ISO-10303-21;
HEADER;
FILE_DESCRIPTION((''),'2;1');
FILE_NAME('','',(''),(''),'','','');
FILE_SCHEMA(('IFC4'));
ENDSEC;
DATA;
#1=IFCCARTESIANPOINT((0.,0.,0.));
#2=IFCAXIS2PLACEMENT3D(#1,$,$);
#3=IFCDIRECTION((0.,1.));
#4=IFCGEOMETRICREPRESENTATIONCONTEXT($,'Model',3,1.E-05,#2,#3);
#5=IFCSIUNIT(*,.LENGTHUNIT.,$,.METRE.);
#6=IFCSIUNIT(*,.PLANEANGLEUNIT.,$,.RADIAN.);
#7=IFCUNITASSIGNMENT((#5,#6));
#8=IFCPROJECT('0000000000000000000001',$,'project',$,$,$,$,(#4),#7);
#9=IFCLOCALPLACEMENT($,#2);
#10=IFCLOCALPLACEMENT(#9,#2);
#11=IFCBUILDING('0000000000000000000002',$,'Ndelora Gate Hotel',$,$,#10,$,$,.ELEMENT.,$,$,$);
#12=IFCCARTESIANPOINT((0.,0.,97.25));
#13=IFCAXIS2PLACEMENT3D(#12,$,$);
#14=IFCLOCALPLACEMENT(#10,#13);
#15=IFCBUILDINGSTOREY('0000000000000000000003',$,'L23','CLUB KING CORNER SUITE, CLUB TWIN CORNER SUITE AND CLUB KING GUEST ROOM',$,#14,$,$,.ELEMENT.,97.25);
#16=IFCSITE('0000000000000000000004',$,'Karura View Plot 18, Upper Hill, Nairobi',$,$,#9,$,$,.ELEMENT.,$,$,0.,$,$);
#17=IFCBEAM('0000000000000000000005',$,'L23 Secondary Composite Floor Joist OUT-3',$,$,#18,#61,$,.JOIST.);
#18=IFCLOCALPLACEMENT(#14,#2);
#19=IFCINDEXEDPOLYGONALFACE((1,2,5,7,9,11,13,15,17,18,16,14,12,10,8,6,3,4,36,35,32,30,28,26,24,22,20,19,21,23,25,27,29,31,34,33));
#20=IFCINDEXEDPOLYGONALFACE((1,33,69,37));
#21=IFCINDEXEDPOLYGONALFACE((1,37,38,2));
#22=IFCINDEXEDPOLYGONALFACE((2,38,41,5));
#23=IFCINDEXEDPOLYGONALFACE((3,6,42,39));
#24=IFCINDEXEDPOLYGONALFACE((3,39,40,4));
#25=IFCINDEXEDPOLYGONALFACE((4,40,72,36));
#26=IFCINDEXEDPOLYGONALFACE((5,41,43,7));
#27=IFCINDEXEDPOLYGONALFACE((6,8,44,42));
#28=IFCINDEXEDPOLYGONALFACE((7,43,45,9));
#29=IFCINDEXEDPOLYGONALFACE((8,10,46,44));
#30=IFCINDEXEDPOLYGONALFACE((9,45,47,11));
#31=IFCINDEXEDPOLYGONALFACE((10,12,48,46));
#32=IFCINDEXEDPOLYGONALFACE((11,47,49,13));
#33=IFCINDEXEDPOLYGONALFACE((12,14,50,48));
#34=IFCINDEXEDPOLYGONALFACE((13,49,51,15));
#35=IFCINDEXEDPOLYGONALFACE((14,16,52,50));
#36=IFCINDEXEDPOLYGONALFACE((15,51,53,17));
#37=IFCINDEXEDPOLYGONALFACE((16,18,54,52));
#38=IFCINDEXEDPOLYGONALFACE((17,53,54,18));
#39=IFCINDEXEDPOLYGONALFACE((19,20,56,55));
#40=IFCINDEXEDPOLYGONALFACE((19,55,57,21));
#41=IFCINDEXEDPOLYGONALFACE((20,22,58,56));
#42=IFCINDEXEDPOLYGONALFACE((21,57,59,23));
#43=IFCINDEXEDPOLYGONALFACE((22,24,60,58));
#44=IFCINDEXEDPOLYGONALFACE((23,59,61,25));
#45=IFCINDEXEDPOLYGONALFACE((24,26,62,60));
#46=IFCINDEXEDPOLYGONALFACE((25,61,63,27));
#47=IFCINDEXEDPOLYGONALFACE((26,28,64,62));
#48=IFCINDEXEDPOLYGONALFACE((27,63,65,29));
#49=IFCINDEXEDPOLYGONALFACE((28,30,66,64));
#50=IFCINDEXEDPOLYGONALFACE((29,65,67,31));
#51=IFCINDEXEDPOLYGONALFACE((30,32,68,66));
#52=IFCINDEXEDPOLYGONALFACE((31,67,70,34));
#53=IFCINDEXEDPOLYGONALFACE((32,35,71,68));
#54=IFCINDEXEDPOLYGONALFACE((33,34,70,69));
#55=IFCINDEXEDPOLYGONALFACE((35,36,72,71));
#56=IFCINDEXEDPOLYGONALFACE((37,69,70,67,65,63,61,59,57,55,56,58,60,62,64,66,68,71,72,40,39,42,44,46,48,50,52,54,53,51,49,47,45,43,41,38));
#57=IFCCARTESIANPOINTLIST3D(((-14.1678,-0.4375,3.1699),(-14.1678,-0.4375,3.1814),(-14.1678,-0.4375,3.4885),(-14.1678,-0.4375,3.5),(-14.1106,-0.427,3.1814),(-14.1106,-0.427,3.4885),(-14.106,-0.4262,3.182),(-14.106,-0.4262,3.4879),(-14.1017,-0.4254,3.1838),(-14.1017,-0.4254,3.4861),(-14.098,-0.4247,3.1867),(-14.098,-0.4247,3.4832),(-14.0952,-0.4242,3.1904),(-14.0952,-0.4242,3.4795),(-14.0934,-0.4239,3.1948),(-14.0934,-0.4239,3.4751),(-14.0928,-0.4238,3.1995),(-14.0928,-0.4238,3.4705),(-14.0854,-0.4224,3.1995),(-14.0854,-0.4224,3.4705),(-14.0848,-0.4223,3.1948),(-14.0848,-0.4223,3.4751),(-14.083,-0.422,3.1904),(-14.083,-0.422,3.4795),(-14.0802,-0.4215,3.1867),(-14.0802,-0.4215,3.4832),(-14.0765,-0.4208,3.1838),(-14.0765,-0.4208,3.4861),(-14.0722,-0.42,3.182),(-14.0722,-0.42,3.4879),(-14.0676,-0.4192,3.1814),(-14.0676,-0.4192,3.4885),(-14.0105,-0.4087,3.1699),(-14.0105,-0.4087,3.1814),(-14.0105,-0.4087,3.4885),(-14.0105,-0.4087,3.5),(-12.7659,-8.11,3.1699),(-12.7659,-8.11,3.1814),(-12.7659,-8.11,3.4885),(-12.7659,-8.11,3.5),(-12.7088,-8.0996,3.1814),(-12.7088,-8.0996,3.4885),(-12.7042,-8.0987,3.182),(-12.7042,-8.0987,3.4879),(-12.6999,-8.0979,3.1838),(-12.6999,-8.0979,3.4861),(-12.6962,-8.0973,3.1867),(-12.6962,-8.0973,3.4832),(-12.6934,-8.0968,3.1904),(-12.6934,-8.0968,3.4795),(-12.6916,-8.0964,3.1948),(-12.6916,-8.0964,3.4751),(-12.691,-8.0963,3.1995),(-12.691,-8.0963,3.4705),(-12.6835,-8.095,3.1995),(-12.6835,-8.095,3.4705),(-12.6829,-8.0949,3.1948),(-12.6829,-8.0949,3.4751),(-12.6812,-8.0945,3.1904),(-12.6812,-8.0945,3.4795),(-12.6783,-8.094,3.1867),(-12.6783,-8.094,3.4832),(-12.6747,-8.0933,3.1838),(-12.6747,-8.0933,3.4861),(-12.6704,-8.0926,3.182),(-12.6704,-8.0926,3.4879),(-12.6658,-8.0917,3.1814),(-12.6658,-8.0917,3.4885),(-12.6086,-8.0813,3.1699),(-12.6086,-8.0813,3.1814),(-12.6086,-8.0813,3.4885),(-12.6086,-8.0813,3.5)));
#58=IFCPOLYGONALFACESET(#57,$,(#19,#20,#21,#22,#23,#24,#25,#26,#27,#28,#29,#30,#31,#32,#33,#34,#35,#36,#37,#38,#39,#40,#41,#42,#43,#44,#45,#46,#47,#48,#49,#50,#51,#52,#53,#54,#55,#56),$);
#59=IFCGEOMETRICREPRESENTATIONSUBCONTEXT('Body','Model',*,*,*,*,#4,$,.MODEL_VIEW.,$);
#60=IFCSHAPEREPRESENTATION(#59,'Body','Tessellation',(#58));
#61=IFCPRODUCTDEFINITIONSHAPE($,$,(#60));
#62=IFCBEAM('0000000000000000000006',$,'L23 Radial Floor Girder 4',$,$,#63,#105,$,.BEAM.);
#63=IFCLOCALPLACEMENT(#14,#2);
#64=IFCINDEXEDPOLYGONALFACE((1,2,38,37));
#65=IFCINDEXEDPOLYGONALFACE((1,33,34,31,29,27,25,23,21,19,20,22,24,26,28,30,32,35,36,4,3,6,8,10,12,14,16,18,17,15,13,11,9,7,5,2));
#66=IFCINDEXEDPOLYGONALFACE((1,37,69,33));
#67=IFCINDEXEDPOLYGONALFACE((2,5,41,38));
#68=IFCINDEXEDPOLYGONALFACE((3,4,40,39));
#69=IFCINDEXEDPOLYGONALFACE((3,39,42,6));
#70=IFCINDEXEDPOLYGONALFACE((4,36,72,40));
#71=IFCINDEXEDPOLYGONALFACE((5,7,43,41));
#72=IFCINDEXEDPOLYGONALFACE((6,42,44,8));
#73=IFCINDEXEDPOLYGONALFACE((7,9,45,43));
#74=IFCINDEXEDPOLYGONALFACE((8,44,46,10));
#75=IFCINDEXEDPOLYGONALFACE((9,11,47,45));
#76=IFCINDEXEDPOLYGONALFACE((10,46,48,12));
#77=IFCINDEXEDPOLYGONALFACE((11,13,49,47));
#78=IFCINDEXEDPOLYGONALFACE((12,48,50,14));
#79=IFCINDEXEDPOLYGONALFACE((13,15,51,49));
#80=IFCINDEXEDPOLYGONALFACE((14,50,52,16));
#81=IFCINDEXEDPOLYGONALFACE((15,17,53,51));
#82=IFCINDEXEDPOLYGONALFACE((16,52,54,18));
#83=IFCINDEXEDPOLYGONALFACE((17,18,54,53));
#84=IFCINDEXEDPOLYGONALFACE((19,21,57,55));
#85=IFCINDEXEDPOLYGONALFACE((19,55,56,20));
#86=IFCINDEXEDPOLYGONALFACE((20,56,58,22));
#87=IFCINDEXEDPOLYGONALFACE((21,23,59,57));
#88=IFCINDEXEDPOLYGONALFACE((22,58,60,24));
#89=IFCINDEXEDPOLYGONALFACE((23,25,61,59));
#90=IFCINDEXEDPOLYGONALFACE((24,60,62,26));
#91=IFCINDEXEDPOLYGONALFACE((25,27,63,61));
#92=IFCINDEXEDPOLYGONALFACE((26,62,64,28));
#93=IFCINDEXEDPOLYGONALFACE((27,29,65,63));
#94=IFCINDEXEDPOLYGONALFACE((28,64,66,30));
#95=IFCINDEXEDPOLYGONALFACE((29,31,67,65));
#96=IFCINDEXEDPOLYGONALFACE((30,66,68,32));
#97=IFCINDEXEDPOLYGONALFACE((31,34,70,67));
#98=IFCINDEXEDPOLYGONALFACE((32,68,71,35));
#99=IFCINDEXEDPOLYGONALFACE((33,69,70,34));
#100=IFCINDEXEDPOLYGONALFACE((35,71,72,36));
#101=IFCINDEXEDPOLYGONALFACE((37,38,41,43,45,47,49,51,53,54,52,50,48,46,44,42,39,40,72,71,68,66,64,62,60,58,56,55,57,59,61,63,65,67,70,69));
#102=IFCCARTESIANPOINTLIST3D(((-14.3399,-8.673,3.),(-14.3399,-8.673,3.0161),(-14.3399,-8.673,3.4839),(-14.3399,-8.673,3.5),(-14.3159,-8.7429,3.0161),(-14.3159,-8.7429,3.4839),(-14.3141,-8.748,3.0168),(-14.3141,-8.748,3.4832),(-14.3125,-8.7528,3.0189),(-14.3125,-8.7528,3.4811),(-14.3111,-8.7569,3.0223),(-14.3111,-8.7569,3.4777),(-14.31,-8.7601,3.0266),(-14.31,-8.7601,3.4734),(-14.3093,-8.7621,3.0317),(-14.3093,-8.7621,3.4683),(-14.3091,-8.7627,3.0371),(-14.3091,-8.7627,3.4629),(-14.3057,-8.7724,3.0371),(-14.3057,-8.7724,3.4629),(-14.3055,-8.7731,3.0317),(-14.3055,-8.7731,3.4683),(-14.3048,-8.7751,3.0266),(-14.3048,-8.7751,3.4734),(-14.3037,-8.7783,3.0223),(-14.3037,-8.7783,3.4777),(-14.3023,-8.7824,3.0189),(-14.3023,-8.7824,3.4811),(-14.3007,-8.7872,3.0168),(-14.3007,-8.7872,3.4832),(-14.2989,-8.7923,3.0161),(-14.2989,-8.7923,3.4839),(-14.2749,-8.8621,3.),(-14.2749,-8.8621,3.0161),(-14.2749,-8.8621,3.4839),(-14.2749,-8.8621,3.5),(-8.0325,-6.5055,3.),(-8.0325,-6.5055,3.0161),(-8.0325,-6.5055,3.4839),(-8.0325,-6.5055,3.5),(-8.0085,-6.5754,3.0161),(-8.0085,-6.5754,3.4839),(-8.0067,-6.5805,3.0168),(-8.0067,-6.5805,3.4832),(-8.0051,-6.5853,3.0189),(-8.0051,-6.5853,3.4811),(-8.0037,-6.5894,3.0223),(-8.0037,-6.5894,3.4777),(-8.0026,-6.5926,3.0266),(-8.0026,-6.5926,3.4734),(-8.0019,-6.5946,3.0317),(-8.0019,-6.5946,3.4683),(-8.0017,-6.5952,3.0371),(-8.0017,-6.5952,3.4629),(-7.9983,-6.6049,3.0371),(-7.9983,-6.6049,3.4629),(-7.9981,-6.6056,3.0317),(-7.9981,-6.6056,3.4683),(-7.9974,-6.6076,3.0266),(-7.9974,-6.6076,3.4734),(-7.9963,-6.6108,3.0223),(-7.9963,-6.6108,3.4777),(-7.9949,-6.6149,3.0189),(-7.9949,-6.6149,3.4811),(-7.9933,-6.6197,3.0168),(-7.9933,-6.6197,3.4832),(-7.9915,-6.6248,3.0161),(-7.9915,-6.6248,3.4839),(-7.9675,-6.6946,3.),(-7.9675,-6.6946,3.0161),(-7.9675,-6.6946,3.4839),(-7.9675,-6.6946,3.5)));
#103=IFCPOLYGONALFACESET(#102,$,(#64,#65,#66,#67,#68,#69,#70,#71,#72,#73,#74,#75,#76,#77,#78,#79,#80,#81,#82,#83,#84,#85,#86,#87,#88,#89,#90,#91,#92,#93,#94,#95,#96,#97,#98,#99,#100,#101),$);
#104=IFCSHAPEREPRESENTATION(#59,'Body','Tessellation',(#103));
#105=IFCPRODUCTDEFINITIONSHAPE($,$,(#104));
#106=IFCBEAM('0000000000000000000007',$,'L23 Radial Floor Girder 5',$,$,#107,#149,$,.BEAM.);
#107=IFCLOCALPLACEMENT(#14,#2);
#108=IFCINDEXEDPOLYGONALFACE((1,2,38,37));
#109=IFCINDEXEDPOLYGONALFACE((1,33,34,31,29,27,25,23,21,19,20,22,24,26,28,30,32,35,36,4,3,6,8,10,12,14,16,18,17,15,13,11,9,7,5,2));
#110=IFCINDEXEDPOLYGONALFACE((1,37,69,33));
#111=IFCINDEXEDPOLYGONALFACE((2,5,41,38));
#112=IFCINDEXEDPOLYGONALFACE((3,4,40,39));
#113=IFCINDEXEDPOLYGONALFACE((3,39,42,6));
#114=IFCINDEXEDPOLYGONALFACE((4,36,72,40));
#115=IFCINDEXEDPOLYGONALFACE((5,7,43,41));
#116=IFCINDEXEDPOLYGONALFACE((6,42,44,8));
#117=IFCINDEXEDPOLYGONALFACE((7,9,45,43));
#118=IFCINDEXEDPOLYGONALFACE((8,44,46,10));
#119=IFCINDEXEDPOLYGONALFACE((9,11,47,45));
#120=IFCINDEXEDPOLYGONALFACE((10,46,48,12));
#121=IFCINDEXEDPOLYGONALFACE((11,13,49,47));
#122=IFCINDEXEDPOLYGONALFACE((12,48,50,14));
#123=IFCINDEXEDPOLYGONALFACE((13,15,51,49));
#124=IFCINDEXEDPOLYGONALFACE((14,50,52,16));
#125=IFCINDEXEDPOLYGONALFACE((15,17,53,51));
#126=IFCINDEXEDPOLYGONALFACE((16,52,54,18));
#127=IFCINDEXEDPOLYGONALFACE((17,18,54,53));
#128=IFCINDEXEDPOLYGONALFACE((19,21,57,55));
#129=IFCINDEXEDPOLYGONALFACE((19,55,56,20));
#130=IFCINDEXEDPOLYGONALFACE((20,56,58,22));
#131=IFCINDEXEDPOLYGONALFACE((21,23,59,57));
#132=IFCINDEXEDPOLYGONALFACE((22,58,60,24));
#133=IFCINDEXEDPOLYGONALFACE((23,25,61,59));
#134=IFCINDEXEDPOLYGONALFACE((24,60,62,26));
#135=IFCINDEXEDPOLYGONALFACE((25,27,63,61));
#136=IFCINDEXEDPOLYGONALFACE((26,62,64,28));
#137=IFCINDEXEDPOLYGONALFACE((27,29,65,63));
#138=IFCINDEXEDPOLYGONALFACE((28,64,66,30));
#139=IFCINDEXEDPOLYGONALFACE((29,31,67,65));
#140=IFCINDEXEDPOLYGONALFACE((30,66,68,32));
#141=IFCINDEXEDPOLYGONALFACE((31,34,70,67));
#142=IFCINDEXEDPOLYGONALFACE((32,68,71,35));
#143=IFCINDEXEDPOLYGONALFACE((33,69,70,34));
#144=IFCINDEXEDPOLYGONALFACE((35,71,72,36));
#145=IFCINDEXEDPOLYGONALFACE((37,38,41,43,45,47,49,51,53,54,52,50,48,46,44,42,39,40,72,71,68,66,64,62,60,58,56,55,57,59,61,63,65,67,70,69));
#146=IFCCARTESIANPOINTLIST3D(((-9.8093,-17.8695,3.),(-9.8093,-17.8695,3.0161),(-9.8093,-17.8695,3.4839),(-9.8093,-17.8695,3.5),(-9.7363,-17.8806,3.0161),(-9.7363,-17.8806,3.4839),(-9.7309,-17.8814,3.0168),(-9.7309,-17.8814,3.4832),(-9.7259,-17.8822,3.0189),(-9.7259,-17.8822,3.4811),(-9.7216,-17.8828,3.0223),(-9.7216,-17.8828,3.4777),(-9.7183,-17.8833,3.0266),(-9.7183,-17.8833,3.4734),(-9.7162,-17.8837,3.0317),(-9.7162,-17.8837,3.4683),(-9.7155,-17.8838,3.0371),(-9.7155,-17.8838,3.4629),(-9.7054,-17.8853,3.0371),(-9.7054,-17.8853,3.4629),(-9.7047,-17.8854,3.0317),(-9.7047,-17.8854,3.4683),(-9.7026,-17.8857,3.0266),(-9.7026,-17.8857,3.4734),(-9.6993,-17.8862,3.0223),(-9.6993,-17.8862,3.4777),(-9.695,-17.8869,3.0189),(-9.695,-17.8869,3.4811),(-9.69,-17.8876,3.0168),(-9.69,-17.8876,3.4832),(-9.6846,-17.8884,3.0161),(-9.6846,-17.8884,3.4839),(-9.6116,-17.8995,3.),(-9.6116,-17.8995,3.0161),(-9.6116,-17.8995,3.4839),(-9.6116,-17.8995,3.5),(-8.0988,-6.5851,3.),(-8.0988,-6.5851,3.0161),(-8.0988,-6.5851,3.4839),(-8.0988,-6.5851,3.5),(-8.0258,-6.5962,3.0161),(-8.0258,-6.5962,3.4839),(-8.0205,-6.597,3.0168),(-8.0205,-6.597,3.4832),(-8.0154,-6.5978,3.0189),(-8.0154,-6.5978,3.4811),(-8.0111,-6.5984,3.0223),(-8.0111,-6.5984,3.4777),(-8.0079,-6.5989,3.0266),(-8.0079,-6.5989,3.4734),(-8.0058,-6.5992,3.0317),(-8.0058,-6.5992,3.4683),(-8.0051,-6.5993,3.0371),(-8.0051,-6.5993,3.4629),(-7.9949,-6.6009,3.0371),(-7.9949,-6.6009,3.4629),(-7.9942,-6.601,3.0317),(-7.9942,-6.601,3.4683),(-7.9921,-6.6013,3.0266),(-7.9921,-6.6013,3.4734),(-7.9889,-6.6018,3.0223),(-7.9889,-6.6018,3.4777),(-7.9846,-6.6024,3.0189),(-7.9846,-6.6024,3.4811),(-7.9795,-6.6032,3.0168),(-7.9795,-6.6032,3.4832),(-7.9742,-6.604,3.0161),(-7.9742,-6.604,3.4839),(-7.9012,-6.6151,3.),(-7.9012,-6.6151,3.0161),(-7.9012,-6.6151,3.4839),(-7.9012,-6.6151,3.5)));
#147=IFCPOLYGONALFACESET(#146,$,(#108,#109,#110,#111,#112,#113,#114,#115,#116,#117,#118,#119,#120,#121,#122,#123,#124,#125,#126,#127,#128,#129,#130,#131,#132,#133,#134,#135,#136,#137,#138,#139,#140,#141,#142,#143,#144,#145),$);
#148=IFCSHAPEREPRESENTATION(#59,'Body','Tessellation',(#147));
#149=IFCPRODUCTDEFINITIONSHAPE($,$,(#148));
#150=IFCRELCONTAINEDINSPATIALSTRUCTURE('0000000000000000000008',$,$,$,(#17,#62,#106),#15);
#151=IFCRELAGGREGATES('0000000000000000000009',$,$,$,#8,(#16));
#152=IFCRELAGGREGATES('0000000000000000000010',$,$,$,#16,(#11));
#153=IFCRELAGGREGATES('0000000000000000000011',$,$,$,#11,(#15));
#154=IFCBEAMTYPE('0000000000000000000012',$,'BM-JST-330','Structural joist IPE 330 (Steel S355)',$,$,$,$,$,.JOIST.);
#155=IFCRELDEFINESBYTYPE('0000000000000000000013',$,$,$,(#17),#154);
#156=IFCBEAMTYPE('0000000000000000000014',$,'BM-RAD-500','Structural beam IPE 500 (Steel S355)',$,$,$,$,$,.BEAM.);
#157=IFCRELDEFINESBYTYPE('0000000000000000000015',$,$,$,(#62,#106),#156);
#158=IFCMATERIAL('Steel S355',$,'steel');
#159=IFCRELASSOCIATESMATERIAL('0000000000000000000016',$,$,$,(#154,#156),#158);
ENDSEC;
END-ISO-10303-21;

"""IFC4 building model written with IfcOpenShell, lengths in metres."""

from ifc_helpers import new_model, si_unit, direction, frame, origin, origin_2d, place, context, subcontext, project, spatial, i_section, extrude, material, material_profile, profile_set, type_object, element, save


model = new_model("IFC4")

# Units and contexts
model_context = context("Model", 3, precision=1e-05, world=origin(), true_north=direction((0.0, 1.0)))
body_context = subcontext(model_context, "Body", "Model", "MODEL_VIEW")
ifc_project = project(units=[si_unit("LENGTHUNIT", "METRE"), si_unit("PLANEANGLEUNIT", "RADIAN")], contexts=[model_context])

# Site, building, storey
site_placement = place(None, origin())
site = spatial("IfcSite", under=ifc_project, at=site_placement, Name="Karura View Plot 18, Upper Hill, Nairobi", CompositionType="ELEMENT", RefElevation=0.0)
building_placement = place(site_placement, origin())
building = spatial("IfcBuilding", under=site, at=building_placement, Name="Ndelora Gate Hotel", CompositionType="ELEMENT")
storey_placement = place(building_placement, frame((0.0, 0.0, 97.25)))
storey = spatial("IfcBuildingStorey", under=building, at=storey_placement, Name="L23", Description="CLUB KING CORNER SUITE, CLUB TWIN CORNER SUITE AND CLUB KING GUEST ROOM", CompositionType="ELEMENT", Elevation=97.25)

# Beams
ifc_material_1 = material(Name="Steel S355", Category="steel")
ifc_material_profile_1 = material_profile(ifc_material_1, i_section(OverallWidth=0.1599, OverallDepth=0.3301, WebThickness=0.0076, FlangeThickness=0.0115, FilletRadius=0.0181, at=origin_2d()), Name="IPE 330")
ifc_profile_set_1 = profile_set([ifc_material_profile_1], Name="Steel S355")
beam_type_1 = type_object("IfcBeamType", Name="BM-JST-330", Description="Structural joist IPE 330 (Steel S355)", PredefinedType="JOIST", material=ifc_profile_set_1)
beam_1_placement = place(storey_placement, frame((-14.0891, -0.4231, 3.335), z_axis=(0.179734, -0.983715, 0.0), x_axis=(0.983715, 0.179734, 0.0)))
element("IfcBeam", 1, at=beam_1_placement, inside=storey, type_object=beam_type_1, Name="L23 Secondary Composite Floor Joist OUT-3", PredefinedType="JOIST", context=body_context, shape_type="SweptSolid", body=[
    extrude(i_section(OverallWidth=0.1599, OverallDepth=0.3301, WebThickness=0.0076, FlangeThickness=0.0115, FilletRadius=0.0181, at=origin_2d()), origin(), (0.0, 0.0, 1.0), 7.7996),
])
ifc_material_profile_2 = material_profile(ifc_material_1, i_section(OverallWidth=0.2, OverallDepth=0.5, WebThickness=0.0103, FlangeThickness=0.0161, FilletRadius=0.021, at=origin_2d()), Name="IPE 500")
ifc_profile_set_2 = profile_set([ifc_material_profile_2], Name="Steel S355")
beam_type_2 = type_object("IfcBeamType", Name="BM-RAD-500", Description="Structural beam IPE 500 (Steel S355)", PredefinedType="BEAM", material=ifc_profile_set_2)
beam_2_placement = place(storey_placement, frame((-8.0, -6.6001, 3.25), z_axis=(-0.945718, -0.324989, 0.0), x_axis=(0.324989, -0.945718, 0.0)))
element("IfcBeam", 2, at=beam_2_placement, inside=storey, type_object=beam_type_2, Name="L23 Radial Floor Girder 4", PredefinedType="BEAM", context=body_context, shape_type="SweptSolid", body=[
    extrude(i_section(OverallWidth=0.2, OverallDepth=0.5, WebThickness=0.0103, FlangeThickness=0.0161, FilletRadius=0.021, at=origin_2d()), origin(), (0.0, 0.0, 1.0), 6.6694),
])
beam_3_placement = place(storey_placement, frame((-8.0, -6.6001, 3.25), z_axis=(-0.149864, -0.988707, 0.0), x_axis=(0.988707, -0.149864, 0.0)))
element("IfcBeam", 3, at=beam_3_placement, inside=storey, type_object=beam_type_2, Name="L23 Radial Floor Girder 5", PredefinedType="BEAM", context=body_context, shape_type="SweptSolid", body=[
    extrude(i_section(OverallWidth=0.2, OverallDepth=0.5, WebThickness=0.0103, FlangeThickness=0.0161, FilletRadius=0.021, at=origin_2d()), origin(), (0.0, 0.0, 1.0), 11.4133),
])

save(model, "model.ifc")
